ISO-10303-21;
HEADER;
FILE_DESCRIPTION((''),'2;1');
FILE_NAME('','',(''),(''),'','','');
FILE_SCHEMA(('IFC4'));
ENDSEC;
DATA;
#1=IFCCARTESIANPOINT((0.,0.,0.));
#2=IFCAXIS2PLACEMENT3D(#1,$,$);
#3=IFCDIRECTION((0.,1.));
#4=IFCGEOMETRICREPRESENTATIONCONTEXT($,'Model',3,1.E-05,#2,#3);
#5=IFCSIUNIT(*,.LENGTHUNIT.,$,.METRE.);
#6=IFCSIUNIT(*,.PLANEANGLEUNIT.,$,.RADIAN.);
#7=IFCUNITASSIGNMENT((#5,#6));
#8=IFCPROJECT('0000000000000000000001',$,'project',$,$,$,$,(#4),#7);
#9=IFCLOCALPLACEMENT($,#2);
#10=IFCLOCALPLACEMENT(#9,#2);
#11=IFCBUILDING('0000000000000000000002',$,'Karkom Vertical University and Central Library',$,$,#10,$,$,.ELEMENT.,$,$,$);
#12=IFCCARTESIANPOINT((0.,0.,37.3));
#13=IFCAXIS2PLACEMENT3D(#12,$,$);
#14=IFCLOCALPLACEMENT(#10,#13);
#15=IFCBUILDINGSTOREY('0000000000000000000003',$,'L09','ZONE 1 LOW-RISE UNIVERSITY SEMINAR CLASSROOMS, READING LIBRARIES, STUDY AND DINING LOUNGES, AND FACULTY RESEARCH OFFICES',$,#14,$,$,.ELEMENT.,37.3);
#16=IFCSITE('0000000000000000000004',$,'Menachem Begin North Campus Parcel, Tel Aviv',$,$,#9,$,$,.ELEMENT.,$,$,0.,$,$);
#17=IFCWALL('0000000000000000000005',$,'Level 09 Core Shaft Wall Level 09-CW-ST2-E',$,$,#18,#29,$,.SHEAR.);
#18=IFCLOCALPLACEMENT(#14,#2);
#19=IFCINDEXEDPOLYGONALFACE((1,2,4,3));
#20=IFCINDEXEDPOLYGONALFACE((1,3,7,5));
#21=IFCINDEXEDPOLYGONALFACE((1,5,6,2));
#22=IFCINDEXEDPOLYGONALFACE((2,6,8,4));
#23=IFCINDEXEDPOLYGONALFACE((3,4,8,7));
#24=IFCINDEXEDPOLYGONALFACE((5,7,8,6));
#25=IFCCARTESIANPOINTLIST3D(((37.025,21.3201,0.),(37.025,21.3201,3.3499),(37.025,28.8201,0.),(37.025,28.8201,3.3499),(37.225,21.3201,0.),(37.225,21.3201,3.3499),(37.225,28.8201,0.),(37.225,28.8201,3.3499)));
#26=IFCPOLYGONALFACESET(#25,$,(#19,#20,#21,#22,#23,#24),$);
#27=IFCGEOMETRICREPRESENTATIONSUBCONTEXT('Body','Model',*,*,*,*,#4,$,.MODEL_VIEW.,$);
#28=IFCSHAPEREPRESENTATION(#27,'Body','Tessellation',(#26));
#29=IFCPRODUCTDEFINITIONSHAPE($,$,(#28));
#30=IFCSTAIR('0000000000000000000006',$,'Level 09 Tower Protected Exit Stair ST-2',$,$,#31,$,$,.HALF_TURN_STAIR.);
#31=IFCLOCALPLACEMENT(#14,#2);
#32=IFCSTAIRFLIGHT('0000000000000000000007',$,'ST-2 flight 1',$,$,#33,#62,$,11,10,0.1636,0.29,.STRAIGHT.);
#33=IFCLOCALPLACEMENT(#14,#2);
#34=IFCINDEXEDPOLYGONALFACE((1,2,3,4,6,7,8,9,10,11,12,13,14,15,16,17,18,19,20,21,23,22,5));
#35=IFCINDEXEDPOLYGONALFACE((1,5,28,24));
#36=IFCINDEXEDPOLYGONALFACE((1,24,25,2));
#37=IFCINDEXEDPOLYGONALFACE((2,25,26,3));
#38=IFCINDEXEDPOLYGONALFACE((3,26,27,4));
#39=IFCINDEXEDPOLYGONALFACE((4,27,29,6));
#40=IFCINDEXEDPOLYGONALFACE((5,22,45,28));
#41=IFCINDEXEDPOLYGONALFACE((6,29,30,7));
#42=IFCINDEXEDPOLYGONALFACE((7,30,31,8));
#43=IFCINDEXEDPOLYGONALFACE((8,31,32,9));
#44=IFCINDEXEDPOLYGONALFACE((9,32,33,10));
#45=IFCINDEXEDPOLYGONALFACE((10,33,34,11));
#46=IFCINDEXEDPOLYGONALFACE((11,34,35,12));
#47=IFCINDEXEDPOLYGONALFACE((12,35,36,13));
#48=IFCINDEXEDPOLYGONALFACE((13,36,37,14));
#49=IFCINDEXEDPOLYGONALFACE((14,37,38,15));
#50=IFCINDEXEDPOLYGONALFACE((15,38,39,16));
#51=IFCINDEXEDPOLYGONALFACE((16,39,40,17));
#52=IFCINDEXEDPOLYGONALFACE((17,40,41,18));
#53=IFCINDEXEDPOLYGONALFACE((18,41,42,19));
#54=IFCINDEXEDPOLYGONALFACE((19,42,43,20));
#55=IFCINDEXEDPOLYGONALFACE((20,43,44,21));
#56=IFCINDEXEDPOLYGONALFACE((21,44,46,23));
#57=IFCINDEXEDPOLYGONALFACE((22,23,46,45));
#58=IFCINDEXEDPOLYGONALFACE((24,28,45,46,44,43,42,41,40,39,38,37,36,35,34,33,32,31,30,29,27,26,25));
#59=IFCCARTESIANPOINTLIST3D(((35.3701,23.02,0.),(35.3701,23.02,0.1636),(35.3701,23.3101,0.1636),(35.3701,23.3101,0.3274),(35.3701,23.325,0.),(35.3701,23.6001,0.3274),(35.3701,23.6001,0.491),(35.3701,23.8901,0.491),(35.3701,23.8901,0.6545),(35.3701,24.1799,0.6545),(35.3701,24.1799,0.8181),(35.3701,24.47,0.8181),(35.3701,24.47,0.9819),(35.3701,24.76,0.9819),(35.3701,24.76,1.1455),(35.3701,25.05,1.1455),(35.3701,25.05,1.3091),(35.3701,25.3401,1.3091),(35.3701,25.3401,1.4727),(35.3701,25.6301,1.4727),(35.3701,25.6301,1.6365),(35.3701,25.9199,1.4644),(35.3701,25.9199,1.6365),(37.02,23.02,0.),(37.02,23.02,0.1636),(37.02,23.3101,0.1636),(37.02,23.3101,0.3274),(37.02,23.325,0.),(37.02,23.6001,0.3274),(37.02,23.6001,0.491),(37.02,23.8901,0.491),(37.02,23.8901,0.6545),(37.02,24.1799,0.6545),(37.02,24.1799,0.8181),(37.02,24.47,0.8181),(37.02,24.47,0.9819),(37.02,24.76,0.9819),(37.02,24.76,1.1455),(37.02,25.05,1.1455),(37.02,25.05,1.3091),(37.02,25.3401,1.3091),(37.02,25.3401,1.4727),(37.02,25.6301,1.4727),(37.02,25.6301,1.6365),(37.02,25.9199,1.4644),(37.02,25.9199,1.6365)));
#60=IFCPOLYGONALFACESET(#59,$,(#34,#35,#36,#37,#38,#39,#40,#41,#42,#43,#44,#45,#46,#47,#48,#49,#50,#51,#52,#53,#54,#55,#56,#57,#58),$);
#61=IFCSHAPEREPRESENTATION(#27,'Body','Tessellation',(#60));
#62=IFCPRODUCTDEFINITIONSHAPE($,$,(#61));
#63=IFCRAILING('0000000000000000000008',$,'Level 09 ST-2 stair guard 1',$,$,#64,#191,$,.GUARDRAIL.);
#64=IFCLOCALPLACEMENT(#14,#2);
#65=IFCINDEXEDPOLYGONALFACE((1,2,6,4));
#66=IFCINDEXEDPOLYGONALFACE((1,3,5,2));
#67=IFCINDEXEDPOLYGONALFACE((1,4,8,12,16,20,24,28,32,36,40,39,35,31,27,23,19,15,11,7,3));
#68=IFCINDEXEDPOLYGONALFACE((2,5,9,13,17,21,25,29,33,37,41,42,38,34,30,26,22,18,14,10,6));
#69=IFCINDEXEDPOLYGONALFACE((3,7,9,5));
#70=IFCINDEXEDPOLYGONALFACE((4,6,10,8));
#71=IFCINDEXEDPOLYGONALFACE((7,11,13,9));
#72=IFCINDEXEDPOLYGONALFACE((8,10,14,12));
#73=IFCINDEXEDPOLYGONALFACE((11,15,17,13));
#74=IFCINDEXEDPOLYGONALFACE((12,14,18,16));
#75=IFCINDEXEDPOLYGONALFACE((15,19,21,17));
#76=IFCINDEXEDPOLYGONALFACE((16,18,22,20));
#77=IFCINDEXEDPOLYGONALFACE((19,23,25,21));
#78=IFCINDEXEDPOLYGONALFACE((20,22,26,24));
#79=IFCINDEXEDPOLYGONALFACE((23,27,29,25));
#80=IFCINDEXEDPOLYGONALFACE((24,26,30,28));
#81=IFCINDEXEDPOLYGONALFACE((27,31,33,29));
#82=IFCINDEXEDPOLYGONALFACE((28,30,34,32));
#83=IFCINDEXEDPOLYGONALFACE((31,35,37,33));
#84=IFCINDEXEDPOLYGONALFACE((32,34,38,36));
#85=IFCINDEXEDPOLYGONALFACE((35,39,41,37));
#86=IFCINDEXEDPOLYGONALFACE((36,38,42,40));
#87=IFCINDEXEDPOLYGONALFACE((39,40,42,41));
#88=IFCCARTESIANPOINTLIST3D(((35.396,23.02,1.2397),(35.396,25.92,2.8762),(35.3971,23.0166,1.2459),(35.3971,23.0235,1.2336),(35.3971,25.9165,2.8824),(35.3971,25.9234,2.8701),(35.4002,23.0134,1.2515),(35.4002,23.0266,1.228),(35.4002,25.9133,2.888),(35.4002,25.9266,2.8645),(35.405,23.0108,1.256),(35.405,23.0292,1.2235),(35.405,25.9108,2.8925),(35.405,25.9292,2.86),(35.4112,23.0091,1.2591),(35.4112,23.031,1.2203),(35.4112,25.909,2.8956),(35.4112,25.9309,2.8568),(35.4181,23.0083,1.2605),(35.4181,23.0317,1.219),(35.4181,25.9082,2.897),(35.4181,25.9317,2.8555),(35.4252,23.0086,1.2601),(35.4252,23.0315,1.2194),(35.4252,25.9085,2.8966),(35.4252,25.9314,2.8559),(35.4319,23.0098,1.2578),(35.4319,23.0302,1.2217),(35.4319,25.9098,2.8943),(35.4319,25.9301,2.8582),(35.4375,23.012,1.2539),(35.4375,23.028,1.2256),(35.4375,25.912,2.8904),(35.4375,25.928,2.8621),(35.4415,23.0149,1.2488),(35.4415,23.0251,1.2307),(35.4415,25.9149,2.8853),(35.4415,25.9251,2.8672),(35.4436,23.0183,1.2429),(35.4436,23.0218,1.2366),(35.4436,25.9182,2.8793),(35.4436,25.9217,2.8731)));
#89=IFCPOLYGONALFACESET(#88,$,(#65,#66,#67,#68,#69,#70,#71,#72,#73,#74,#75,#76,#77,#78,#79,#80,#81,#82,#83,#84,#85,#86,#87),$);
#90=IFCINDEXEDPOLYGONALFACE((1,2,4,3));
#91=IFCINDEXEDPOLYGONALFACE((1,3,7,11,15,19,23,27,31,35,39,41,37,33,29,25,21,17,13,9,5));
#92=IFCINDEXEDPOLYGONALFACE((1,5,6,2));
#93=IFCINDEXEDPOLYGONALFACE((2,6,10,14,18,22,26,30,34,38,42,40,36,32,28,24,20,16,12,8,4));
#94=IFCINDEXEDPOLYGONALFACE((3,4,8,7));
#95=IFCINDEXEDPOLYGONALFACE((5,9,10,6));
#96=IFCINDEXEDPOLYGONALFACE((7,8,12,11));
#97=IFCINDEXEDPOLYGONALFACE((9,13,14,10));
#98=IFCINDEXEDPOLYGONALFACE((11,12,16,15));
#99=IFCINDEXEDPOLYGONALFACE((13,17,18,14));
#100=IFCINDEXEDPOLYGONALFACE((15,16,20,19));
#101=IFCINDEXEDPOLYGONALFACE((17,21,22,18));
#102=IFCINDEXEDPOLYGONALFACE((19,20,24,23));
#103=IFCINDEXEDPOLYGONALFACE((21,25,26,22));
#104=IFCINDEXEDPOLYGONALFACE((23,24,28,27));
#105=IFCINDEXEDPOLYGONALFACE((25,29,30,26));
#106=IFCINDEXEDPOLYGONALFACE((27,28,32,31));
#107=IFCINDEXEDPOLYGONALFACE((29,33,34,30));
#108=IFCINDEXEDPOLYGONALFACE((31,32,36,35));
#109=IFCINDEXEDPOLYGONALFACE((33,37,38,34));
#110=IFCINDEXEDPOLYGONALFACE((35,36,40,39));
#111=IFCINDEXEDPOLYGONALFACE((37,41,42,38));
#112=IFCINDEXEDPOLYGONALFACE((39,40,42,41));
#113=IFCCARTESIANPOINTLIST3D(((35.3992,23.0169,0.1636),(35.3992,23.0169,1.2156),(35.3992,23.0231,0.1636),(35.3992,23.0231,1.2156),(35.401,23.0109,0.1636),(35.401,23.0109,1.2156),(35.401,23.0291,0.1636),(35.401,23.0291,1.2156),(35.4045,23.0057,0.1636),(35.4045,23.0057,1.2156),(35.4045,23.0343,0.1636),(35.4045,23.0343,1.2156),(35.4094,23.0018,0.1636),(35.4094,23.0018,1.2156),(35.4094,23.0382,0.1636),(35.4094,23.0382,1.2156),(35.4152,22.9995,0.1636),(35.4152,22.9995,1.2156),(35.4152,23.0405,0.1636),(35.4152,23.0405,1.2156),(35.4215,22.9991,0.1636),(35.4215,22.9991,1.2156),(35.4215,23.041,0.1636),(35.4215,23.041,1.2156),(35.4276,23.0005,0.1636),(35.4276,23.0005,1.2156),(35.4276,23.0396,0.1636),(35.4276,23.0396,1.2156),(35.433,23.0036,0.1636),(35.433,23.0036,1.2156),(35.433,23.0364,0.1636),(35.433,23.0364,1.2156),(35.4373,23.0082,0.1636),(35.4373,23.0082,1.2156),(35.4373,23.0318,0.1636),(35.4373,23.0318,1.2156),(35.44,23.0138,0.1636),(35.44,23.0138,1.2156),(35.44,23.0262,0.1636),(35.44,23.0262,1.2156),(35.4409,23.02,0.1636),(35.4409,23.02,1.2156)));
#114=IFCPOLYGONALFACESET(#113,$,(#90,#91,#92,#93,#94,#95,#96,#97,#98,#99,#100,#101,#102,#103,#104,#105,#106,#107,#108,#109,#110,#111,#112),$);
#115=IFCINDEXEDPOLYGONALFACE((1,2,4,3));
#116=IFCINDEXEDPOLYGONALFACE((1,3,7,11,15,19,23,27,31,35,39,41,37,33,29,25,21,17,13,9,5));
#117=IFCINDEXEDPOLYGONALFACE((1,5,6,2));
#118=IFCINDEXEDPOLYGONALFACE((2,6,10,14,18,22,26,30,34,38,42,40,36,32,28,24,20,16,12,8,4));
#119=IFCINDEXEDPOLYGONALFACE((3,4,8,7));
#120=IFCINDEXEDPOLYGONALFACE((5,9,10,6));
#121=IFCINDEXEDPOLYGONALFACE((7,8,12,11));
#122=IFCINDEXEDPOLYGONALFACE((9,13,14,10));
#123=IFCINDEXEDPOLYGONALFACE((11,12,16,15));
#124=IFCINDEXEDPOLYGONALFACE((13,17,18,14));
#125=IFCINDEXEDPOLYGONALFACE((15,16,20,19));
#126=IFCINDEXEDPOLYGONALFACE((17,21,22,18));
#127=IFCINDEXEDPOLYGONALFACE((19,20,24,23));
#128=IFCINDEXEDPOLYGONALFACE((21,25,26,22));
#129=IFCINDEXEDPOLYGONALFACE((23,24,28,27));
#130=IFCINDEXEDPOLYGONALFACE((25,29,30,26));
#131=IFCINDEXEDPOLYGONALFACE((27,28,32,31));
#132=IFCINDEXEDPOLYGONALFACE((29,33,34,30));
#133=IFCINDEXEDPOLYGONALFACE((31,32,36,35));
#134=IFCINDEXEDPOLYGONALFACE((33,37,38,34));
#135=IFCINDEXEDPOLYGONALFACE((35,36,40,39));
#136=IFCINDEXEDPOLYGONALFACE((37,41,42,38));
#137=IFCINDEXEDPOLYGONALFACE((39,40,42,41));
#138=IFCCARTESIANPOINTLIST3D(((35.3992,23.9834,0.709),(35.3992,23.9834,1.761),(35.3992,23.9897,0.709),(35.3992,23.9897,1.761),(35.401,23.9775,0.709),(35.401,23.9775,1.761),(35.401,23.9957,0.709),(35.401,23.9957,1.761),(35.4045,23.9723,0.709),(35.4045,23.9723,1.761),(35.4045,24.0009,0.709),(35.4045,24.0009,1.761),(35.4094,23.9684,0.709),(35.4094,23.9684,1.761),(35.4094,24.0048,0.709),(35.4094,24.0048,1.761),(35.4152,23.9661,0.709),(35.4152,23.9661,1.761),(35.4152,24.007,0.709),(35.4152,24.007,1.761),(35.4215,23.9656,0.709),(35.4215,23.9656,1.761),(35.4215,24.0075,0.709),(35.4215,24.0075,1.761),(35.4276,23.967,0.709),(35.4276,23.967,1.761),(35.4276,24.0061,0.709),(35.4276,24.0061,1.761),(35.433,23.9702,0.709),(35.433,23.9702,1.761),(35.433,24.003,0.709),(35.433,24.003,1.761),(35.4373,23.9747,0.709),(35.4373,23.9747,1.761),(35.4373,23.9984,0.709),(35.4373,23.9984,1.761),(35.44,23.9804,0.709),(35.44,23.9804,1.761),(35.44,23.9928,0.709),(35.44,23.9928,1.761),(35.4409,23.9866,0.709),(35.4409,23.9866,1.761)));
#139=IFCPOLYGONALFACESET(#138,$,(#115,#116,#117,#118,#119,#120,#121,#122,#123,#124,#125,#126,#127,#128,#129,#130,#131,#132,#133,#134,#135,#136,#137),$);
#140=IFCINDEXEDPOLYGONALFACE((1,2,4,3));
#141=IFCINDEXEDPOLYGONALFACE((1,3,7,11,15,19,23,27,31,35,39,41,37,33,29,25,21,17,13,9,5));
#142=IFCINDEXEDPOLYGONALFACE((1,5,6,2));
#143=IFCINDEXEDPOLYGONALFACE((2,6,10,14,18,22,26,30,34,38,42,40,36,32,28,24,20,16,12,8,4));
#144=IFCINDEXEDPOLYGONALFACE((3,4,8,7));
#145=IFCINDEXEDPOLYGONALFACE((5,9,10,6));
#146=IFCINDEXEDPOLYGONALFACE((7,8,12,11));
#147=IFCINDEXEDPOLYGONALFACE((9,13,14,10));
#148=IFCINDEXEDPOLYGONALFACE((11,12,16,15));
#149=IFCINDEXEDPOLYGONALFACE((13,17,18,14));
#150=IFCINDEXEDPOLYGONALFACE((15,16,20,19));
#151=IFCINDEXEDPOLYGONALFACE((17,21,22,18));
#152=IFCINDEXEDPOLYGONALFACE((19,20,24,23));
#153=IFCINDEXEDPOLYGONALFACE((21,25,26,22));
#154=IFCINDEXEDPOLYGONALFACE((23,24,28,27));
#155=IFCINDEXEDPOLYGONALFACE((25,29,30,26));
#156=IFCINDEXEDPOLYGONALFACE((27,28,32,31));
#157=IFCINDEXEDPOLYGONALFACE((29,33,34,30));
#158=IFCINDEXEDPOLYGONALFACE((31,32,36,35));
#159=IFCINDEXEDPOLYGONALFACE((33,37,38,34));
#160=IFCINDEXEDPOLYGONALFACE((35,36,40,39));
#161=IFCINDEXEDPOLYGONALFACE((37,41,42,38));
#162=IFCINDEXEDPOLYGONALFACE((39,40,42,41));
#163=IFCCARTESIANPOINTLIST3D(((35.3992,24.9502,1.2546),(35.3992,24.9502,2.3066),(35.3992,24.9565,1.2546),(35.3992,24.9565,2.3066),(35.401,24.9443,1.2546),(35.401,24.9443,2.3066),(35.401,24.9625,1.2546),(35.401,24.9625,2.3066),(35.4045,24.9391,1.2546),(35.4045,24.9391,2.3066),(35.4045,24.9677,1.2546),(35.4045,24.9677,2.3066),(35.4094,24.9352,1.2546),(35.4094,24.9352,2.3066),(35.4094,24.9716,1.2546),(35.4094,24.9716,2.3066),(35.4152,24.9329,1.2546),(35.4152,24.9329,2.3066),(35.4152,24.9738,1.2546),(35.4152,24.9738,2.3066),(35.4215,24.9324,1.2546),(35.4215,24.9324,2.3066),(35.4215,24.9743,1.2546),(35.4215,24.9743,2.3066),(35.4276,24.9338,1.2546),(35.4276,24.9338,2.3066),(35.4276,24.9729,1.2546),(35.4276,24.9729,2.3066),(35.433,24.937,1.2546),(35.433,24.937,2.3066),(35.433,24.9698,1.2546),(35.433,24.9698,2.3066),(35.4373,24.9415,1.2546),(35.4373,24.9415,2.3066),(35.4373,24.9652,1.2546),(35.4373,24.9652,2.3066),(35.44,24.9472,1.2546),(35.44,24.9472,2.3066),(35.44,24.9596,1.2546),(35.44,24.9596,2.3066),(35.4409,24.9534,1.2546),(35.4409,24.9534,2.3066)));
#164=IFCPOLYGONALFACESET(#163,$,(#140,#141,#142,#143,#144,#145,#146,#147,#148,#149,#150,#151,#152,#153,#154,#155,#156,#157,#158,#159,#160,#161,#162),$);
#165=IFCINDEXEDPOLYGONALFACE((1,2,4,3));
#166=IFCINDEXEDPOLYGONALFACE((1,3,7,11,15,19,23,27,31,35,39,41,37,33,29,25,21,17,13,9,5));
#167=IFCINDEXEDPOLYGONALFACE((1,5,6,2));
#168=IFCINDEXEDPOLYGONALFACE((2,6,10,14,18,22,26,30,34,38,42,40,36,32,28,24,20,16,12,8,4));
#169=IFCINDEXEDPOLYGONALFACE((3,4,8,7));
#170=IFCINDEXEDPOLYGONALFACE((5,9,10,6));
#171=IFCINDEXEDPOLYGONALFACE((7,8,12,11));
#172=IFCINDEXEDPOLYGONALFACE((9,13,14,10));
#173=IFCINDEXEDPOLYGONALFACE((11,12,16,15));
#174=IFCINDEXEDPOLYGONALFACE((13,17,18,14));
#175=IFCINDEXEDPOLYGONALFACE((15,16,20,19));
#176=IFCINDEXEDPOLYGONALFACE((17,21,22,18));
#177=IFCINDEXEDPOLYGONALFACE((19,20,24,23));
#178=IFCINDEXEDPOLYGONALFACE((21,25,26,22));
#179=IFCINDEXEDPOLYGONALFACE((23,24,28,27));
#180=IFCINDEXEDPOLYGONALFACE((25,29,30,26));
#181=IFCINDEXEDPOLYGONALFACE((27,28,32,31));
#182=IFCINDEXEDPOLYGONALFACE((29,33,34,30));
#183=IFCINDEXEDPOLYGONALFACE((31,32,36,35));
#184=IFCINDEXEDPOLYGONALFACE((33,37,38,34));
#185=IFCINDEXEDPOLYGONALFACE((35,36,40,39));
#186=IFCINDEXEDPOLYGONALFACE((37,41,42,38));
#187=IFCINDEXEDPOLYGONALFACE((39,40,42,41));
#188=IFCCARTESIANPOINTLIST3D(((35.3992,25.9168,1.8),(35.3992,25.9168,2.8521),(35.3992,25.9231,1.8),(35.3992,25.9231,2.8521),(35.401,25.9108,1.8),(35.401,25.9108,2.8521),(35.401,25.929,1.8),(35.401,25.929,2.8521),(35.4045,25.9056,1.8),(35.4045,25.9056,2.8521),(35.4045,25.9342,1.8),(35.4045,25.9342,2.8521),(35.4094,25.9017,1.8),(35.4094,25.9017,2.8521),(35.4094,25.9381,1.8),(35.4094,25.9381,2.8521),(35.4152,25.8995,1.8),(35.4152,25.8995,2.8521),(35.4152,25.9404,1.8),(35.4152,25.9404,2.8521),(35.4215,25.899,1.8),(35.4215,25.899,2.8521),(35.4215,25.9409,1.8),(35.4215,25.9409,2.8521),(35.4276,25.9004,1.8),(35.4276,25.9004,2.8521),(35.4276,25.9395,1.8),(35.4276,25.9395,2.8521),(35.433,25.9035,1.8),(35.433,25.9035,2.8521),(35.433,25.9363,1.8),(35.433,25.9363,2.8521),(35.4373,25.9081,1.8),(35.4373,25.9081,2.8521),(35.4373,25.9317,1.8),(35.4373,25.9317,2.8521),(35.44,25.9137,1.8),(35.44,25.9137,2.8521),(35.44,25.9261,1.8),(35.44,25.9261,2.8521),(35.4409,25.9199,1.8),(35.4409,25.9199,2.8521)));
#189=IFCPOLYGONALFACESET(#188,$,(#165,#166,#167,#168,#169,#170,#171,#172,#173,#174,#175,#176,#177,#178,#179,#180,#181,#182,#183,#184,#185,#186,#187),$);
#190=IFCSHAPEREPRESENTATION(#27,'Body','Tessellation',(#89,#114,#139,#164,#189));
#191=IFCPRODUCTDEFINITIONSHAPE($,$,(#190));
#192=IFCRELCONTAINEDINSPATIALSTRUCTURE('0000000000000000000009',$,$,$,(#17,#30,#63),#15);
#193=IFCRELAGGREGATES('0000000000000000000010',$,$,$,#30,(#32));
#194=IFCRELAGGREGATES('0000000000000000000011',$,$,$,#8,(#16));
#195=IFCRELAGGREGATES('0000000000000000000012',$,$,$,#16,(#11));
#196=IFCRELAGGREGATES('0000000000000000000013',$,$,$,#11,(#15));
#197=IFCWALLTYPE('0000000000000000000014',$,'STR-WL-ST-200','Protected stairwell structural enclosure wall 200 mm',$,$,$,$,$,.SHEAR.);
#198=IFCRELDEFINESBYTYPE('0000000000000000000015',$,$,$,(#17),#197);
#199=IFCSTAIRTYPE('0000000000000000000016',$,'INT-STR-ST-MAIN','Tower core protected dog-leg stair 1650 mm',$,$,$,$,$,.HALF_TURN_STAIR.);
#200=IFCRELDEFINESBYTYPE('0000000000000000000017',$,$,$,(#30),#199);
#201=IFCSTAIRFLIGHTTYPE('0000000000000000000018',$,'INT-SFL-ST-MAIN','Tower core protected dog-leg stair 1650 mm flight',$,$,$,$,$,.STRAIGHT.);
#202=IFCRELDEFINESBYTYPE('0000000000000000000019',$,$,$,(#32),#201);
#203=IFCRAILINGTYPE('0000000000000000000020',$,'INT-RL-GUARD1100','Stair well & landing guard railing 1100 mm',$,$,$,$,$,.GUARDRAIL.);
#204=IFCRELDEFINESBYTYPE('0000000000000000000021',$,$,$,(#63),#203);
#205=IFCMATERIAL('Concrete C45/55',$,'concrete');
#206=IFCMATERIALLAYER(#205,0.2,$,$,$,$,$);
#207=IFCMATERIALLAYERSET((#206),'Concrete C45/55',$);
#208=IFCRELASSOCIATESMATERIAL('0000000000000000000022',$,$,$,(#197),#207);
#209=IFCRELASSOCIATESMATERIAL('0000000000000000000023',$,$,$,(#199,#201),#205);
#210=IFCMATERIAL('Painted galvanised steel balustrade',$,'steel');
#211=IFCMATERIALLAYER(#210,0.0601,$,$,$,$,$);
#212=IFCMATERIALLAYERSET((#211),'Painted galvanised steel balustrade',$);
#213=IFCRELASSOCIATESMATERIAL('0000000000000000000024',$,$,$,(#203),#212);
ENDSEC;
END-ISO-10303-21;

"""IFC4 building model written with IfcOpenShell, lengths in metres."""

from ifc_helpers import new_model, si_unit, direction, frame, frame_2d, origin, origin_2d, place, context, subcontext, project, spatial, polyline, rectangle, circle, outline, extrude, material, layer, layer_set, type_object, element, aggregate, save


model = new_model("IFC4")

# Units and contexts
model_context = context("Model", 3, precision=1e-05, world=origin(), true_north=direction((0.0, 1.0)))
body_context = subcontext(model_context, "Body", "Model", "MODEL_VIEW")
ifc_project = project(units=[si_unit("LENGTHUNIT", "METRE"), si_unit("PLANEANGLEUNIT", "RADIAN")], contexts=[model_context])

# Site, building, storey
site_placement = place(None, origin())
site = spatial("IfcSite", under=ifc_project, at=site_placement, Name="Menachem Begin North Campus Parcel, Tel Aviv", CompositionType="ELEMENT", RefElevation=0.0)
building_placement = place(site_placement, origin())
building = spatial("IfcBuilding", under=site, at=building_placement, Name="Karkom Vertical University and Central Library", CompositionType="ELEMENT")
storey_placement = place(building_placement, frame((0.0, 0.0, 37.3)))
storey = spatial("IfcBuildingStorey", under=building, at=storey_placement, Name="L09", Description="ZONE 1 LOW-RISE UNIVERSITY SEMINAR CLASSROOMS, READING LIBRARIES, STUDY AND DINING LOUNGES, AND FACULTY RESEARCH OFFICES", CompositionType="ELEMENT", Elevation=37.3)

# Wall
ifc_material_1 = material(Name="Concrete C45/55", Category="concrete")
ifc_layer_1 = layer(ifc_material_1, 0.2)
ifc_layer_set_1 = layer_set([ifc_layer_1], Name="Concrete C45/55")
wall_type_1 = type_object("IfcWallType", Name="STR-WL-ST-200", Description="Protected stairwell structural enclosure wall 200 mm", PredefinedType="SHEAR", material=ifc_layer_set_1)
wall_1_placement = place(storey_placement, frame((37.125, 21.3201, 0.0), z_axis=(0.0, 0.0, 1.0), x_axis=(0.0, 1.0, 0.0)))
element("IfcWall", 1, at=wall_1_placement, inside=storey, type_object=wall_type_1, Name="Level 09 Core Shaft Wall Level 09-CW-ST2-E", PredefinedType="SHEAR", context=body_context, shape_type="SweptSolid", body=[
    extrude(rectangle(XDim=7.5, YDim=0.2, at=frame_2d((3.75, 0.0))), origin(), (0.0, 0.0, 1.0), 3.3499),
])

# Stair, stair flight
stair_type = type_object("IfcStairType", Name="INT-STR-ST-MAIN", Description="Tower core protected dog-leg stair 1650 mm", PredefinedType="HALF_TURN_STAIR", material=ifc_material_1)
stair_placement = place(storey_placement, origin())
stair = element("IfcStair", 2, at=stair_placement, inside=storey, type_object=stair_type, Name="Level 09 Tower Protected Exit Stair ST-2", PredefinedType="HALF_TURN_STAIR")
stair_flight_type = type_object("IfcStairFlightType", Name="INT-SFL-ST-MAIN", Description="Tower core protected dog-leg stair 1650 mm flight", PredefinedType="STRAIGHT", material=ifc_material_1)
stair_flight_placement = place(storey_placement, frame((36.1951, 23.02, 0.0), z_axis=(0.0, 0.0, 1.0), x_axis=(0.0, 1.0, 0.0)))
stair_flight = element("IfcStairFlight", 3, at=stair_flight_placement, type_object=stair_flight_type, Name="ST-2 flight 1", NumberOfRisers=11, NumberOfTreads=10, PredefinedType="STRAIGHT", RiserHeight=0.1636, TreadLength=0.29, context=body_context, shape_type="SweptSolid", body=[
    extrude(outline(polyline([(0.0, 0.0), (0.0, 0.1636), (0.29, 0.1636), (0.29, 0.3274), (0.5801, 0.3274), (0.5801, 0.491), (0.8701, 0.491), (0.8701, 0.6545), (1.1599, 0.6545), (1.1599, 0.8181), (1.45, 0.8181), (1.45, 0.9819), (1.74, 0.9819), (1.74, 1.1455), (2.03, 1.1455), (2.03, 1.3091), (2.3201, 1.3091), (2.3201, 1.4727), (2.6101, 1.4727), (2.6101, 1.6365), (2.8999, 1.6365), (2.8999, 1.8), (2.8999, 1.4644), (0.3049, 0.0), (0.0, 0.0)])), frame((0.0, 0.825, 0.0), z_axis=(0.0, -1.0, 0.0), x_axis=(1.0, 0.0, 0.0)), (0.0, 0.0, 1.0), 1.6499),
])
aggregate(stair, [stair_flight])

# Railing
ifc_material_2 = material(Name="Painted galvanised steel balustrade", Category="steel")
ifc_layer_2 = layer(ifc_material_2, 0.0601)
ifc_layer_set_2 = layer_set([ifc_layer_2], Name="Painted galvanised steel balustrade")
railing_type_1 = type_object("IfcRailingType", Name="INT-RL-GUARD1100", Description="Stair well & landing guard railing 1100 mm", PredefinedType="GUARDRAIL", material=ifc_layer_set_2)
railing_1_placement = place(storey_placement, frame((35.4199, 23.02, 0.1636)))
element("IfcRailing", 4, at=railing_1_placement, inside=storey, type_object=railing_type_1, Name="Level 09 ST-2 stair guard 1", PredefinedType="GUARDRAIL", context=body_context, shape_type="SweptSolid", body=[
    extrude(circle(Radius=0.0239, at=origin_2d()), frame((0.0, 0.0, 1.0762), z_axis=(0.0, 0.870897, 0.491465), x_axis=(-1.0, 0.0, 0.0)), (0.0, 0.0, 1.0), 3.3298),
    extrude(circle(Radius=0.021, at=origin_2d()), origin(), (0.0, 0.0, 1.0), 1.052),
    extrude(circle(Radius=0.021, at=origin_2d()), frame((0.0, 0.9666, 0.5454)), (0.0, 0.0, 1.0), 1.052),
    extrude(circle(Radius=0.021, at=origin_2d()), frame((0.0, 1.9333, 1.0911)), (0.0, 0.0, 1.0), 1.052),
    extrude(circle(Radius=0.021, at=origin_2d()), frame((0.0, 2.8999, 1.6365)), (0.0, 0.0, 1.0), 1.052),
])

save(model, "model.ifc")
